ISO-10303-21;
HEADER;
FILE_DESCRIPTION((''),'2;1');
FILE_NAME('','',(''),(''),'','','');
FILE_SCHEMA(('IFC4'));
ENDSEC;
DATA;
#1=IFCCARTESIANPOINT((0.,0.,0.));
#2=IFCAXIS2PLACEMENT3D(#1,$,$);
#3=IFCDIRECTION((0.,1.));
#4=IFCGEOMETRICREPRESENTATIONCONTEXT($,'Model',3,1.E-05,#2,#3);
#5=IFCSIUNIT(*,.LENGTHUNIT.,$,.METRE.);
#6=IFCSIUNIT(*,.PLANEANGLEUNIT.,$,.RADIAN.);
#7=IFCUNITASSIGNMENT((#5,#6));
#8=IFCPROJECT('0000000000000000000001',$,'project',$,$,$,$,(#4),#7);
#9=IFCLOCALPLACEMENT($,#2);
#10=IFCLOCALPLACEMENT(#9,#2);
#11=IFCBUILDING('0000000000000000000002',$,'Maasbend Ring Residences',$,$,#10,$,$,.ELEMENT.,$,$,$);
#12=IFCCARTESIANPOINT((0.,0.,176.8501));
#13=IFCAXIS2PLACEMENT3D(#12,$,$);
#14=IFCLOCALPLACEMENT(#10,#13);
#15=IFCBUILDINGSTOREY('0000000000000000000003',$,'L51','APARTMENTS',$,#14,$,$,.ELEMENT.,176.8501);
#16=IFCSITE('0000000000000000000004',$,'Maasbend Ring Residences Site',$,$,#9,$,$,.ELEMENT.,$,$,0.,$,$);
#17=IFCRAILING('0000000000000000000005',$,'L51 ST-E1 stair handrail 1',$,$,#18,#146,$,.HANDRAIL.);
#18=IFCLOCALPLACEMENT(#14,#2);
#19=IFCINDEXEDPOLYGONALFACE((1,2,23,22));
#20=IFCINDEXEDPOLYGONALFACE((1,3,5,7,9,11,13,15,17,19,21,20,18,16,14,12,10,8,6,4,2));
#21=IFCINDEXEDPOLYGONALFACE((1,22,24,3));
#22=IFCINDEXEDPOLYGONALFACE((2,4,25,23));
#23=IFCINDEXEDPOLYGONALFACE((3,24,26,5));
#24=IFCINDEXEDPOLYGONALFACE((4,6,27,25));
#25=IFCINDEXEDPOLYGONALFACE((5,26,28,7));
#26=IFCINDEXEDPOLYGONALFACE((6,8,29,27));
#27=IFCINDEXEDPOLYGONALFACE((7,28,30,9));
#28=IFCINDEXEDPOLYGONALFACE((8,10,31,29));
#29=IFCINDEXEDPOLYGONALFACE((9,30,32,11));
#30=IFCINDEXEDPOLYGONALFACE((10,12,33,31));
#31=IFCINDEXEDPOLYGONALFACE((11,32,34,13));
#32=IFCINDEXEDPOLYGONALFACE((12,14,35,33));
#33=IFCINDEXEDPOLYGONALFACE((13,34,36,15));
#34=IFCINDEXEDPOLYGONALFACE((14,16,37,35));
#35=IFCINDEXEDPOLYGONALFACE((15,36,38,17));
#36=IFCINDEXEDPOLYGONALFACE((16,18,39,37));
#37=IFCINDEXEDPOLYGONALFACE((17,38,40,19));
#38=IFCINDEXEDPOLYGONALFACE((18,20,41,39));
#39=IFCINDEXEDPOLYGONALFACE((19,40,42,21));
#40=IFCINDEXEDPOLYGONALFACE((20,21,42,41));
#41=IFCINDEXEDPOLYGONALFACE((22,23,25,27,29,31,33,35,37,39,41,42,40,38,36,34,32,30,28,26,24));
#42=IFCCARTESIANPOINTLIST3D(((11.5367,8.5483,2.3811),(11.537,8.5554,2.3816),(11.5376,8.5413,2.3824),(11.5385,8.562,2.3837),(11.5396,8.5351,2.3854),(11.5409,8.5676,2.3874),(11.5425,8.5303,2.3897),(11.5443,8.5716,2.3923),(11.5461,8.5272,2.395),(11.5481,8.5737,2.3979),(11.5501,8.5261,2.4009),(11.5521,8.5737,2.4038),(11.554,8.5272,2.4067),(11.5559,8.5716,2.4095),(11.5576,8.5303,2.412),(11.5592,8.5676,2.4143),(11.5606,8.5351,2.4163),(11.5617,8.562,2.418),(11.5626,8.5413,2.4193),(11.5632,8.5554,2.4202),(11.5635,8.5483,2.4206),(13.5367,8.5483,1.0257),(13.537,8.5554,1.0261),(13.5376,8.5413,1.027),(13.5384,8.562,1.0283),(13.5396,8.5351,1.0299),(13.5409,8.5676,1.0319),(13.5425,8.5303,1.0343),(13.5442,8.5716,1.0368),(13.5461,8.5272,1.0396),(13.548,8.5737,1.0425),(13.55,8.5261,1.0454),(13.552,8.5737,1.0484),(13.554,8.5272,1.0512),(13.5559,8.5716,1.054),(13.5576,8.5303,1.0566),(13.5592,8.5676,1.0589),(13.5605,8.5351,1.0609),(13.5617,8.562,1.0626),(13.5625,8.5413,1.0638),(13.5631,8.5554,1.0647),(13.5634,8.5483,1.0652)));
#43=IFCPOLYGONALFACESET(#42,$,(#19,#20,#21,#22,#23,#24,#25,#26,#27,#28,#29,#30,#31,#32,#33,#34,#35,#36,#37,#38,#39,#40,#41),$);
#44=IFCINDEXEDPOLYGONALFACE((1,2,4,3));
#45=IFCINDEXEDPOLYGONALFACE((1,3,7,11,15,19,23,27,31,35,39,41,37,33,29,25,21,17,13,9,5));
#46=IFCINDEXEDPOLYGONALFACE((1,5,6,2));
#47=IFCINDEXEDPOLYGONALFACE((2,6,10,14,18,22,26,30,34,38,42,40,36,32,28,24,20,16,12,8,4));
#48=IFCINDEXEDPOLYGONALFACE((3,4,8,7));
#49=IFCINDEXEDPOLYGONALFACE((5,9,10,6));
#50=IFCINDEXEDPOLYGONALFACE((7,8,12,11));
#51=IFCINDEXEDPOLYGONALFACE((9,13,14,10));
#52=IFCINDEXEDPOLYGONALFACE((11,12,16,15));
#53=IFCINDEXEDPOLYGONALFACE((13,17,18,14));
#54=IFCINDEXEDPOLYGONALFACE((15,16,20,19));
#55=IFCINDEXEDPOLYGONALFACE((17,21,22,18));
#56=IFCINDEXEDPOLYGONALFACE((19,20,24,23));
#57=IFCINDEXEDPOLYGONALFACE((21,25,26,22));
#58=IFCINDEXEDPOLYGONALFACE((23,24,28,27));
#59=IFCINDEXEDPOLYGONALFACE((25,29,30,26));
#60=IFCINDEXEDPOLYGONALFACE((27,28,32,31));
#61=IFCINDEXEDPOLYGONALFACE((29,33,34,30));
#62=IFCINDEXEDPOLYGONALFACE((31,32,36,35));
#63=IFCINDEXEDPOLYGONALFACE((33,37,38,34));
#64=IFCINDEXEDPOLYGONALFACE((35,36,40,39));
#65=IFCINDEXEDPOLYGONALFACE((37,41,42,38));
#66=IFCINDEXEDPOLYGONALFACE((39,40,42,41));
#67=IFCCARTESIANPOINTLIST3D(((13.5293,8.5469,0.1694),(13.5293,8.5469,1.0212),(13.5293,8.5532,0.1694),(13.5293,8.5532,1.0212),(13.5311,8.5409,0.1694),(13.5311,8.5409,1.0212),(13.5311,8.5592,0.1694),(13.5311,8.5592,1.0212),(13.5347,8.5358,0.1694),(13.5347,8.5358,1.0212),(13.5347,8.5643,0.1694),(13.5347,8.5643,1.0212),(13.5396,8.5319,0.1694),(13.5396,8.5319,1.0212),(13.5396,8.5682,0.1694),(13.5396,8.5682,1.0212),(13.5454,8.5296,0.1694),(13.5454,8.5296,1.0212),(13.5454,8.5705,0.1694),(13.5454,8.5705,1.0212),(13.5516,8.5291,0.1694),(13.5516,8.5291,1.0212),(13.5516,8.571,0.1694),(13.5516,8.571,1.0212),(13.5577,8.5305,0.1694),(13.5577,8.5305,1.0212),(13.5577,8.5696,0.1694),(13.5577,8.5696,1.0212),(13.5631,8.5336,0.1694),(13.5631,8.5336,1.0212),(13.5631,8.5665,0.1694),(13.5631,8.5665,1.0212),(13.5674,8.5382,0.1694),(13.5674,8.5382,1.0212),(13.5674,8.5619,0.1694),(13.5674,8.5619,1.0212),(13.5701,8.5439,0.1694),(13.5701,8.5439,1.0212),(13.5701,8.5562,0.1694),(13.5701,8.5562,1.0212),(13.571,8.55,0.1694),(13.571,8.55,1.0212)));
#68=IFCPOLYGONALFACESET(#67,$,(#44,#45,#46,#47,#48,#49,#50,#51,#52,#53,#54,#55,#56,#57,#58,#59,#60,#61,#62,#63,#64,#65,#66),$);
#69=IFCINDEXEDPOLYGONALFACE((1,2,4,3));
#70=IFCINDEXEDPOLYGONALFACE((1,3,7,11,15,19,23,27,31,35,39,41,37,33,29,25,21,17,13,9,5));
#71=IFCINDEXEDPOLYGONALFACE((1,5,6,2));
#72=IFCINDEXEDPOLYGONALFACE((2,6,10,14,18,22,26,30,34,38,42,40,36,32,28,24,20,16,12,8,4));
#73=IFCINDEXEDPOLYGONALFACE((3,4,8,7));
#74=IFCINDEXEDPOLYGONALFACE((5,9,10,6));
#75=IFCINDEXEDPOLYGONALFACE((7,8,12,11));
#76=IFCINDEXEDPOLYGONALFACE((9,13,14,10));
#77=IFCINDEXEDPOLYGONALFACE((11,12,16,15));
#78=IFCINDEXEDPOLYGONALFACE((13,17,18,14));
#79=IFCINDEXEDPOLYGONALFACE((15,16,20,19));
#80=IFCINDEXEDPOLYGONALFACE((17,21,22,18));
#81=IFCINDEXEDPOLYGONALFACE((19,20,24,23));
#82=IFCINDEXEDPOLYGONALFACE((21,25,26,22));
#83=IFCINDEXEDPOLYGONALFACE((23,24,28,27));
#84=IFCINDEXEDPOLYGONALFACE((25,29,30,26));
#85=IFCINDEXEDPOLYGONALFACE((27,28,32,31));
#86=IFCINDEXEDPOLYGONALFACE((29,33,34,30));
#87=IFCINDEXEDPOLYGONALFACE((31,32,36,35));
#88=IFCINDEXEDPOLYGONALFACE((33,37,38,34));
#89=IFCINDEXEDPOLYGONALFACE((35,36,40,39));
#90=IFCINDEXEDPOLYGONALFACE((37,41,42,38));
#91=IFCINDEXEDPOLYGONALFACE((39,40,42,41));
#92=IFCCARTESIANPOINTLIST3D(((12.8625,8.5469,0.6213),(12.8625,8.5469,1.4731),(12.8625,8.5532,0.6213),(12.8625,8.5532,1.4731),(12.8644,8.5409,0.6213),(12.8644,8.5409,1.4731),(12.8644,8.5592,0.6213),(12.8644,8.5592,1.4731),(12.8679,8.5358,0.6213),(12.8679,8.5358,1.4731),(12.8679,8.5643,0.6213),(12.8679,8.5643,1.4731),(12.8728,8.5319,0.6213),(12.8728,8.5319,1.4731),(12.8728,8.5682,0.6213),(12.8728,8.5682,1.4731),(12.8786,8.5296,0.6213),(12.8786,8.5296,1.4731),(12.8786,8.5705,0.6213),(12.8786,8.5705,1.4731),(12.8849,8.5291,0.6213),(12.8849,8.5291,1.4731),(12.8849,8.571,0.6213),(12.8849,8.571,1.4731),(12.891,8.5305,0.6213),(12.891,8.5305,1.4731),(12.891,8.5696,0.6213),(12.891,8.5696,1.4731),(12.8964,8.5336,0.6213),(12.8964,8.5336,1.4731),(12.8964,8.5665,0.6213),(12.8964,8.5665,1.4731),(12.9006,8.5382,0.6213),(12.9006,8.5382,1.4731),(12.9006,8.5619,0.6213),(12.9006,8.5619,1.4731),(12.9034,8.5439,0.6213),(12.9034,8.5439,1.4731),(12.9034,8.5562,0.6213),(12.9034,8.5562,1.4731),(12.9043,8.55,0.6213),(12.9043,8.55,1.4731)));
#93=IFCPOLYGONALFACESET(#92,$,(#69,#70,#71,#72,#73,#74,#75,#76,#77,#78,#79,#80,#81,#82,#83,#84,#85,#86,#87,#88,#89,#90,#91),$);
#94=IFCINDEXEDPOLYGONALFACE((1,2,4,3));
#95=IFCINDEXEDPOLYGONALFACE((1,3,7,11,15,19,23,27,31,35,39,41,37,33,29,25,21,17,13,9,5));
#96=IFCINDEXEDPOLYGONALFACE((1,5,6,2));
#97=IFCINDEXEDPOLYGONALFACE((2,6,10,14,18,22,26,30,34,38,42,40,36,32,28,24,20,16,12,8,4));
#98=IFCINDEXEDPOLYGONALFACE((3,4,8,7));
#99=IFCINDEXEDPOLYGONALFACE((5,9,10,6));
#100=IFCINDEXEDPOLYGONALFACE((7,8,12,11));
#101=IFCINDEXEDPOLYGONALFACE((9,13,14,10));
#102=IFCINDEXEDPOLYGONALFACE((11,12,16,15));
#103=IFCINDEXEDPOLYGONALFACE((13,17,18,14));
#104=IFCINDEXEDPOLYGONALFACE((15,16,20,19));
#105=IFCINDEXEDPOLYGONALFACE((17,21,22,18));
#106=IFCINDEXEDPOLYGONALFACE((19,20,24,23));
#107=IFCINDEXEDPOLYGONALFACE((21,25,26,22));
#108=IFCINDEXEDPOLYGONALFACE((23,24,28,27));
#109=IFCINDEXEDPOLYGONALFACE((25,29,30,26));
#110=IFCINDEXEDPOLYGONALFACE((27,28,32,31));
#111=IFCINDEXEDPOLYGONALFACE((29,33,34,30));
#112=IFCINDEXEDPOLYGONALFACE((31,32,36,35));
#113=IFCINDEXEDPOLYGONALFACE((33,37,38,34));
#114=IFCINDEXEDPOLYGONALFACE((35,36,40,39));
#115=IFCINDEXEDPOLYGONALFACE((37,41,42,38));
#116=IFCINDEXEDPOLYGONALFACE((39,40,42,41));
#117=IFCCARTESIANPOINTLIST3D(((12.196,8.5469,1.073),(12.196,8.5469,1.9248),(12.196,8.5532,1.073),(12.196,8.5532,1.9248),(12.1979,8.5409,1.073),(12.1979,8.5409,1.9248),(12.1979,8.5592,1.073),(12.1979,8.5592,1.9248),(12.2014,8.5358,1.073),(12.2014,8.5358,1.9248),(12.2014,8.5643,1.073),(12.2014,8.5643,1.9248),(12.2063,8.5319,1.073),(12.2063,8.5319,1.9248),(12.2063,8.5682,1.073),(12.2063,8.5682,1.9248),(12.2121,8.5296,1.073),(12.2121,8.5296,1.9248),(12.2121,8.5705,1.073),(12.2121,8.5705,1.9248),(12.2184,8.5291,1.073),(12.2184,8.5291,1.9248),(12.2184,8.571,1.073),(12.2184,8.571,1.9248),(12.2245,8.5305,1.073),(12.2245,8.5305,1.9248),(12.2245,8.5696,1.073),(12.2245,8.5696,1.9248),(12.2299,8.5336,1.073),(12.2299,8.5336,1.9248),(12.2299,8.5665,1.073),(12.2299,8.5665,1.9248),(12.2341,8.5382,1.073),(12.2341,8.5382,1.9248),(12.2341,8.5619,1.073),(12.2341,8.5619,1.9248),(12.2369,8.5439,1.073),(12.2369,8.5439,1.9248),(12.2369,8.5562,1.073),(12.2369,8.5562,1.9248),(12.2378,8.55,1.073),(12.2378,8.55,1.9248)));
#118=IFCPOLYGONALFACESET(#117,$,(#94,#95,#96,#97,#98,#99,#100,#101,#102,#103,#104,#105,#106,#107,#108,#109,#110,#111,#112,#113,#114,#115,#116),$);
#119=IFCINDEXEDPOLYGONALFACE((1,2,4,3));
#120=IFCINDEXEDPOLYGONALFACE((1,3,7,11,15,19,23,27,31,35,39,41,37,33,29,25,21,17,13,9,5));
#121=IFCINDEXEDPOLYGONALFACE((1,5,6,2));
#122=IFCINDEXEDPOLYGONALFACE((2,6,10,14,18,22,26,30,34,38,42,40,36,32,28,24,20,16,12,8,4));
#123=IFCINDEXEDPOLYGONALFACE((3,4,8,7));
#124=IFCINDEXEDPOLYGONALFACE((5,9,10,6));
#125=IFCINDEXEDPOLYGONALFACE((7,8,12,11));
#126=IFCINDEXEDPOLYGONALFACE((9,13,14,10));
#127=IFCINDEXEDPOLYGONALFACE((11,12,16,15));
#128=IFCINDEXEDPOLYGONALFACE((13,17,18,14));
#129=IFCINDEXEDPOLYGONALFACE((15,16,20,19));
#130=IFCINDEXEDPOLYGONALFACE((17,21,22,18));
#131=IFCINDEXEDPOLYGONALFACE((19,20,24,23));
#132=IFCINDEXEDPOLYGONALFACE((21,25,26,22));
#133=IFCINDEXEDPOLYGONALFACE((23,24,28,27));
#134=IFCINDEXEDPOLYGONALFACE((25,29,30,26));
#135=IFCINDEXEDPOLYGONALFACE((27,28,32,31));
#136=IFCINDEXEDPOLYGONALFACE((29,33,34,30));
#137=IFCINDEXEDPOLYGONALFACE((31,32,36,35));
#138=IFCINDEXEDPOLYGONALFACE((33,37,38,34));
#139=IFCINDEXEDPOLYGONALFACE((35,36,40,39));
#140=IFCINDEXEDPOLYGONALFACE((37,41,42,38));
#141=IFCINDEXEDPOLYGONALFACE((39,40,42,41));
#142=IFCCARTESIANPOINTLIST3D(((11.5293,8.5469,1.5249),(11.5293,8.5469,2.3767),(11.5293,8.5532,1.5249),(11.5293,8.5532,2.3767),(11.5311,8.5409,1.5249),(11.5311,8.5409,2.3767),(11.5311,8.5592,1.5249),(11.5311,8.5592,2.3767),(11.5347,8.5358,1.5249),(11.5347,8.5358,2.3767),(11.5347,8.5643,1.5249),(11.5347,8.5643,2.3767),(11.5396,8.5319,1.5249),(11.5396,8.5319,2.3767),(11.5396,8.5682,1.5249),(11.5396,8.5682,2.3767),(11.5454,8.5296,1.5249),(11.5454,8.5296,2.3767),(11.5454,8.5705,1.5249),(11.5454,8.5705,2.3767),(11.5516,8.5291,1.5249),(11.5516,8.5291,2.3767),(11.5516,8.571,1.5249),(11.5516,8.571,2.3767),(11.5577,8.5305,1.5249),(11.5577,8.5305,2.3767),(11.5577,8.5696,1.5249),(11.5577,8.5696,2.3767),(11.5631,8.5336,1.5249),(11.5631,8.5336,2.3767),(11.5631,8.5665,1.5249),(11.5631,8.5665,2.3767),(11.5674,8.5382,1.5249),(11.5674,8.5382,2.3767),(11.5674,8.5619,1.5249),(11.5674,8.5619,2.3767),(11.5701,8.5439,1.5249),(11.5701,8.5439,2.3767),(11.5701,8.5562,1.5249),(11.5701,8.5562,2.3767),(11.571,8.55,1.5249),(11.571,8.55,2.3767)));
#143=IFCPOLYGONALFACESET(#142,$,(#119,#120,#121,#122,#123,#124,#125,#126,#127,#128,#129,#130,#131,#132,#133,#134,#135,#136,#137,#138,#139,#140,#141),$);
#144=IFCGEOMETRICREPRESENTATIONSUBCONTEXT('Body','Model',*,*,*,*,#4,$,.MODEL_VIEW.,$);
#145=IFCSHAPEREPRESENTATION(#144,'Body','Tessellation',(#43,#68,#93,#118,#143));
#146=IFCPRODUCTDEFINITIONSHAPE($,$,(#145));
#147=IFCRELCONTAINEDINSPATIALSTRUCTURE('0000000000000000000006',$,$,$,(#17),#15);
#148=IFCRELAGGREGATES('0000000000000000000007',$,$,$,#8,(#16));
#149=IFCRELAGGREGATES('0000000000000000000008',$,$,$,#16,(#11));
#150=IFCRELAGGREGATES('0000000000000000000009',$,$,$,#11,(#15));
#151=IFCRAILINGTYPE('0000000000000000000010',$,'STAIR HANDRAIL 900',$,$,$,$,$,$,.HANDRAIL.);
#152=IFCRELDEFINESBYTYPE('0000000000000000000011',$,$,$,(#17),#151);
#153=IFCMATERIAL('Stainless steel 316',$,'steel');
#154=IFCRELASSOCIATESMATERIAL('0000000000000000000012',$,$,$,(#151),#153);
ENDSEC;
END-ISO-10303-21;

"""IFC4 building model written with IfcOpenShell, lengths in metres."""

from ifc_helpers import new_model, si_unit, direction, frame, origin, origin_2d, place, context, subcontext, project, spatial, circle, extrude, material, type_object, element, save


model = new_model("IFC4")

# Units and contexts
model_context = context("Model", 3, precision=1e-05, world=origin(), true_north=direction((0.0, 1.0)))
body_context = subcontext(model_context, "Body", "Model", "MODEL_VIEW")
ifc_project = project(units=[si_unit("LENGTHUNIT", "METRE"), si_unit("PLANEANGLEUNIT", "RADIAN")], contexts=[model_context])

# Site, building, storey
site_placement = place(None, origin())
site = spatial("IfcSite", under=ifc_project, at=site_placement, Name="Maasbend Ring Residences Site", CompositionType="ELEMENT", RefElevation=0.0)
building_placement = place(site_placement, origin())
building = spatial("IfcBuilding", under=site, at=building_placement, Name="Maasbend Ring Residences", CompositionType="ELEMENT")
storey_placement = place(building_placement, frame((0.0, 0.0, 176.8501)))
storey = spatial("IfcBuildingStorey", under=building, at=storey_placement, Name="L51", Description="APARTMENTS", CompositionType="ELEMENT", Elevation=176.8501)

# Railing
ifc_material_1 = material(Name="Stainless steel 316", Category="steel")
railing_type_1 = type_object("IfcRailingType", Name="STAIR HANDRAIL 900", PredefinedType="HANDRAIL", material=ifc_material_1)
railing_1_placement = place(storey_placement, frame((13.55, 8.55, 0.1694)))
element("IfcRailing", 1, at=railing_1_placement, inside=storey, type_object=railing_type_1, Name="L51 ST-E1 stair handrail 1", PredefinedType="HANDRAIL", context=body_context, shape_type="SweptSolid", body=[
    extrude(circle(Radius=0.0239, at=origin_2d()), frame((0.0, 0.0, 0.876), z_axis=(-0.827798, 0.0, 0.561027), x_axis=(0.0, -1.0, 0.0)), (0.0, 0.0, 1.0), 2.416),
    extrude(circle(Radius=0.021, at=origin_2d()), origin(), (0.0, 0.0, 1.0), 0.8518),
    extrude(circle(Radius=0.021, at=origin_2d()), frame((-0.6667, 0.0, 0.4519)), (0.0, 0.0, 1.0), 0.8518),
    extrude(circle(Radius=0.021, at=origin_2d()), frame((-1.3333, 0.0, 0.9036)), (0.0, 0.0, 1.0), 0.8518),
    extrude(circle(Radius=0.021, at=origin_2d()), frame((-2.0, 0.0, 1.3555)), (0.0, 0.0, 1.0), 0.8518),
])

save(model, "model.ifc")
